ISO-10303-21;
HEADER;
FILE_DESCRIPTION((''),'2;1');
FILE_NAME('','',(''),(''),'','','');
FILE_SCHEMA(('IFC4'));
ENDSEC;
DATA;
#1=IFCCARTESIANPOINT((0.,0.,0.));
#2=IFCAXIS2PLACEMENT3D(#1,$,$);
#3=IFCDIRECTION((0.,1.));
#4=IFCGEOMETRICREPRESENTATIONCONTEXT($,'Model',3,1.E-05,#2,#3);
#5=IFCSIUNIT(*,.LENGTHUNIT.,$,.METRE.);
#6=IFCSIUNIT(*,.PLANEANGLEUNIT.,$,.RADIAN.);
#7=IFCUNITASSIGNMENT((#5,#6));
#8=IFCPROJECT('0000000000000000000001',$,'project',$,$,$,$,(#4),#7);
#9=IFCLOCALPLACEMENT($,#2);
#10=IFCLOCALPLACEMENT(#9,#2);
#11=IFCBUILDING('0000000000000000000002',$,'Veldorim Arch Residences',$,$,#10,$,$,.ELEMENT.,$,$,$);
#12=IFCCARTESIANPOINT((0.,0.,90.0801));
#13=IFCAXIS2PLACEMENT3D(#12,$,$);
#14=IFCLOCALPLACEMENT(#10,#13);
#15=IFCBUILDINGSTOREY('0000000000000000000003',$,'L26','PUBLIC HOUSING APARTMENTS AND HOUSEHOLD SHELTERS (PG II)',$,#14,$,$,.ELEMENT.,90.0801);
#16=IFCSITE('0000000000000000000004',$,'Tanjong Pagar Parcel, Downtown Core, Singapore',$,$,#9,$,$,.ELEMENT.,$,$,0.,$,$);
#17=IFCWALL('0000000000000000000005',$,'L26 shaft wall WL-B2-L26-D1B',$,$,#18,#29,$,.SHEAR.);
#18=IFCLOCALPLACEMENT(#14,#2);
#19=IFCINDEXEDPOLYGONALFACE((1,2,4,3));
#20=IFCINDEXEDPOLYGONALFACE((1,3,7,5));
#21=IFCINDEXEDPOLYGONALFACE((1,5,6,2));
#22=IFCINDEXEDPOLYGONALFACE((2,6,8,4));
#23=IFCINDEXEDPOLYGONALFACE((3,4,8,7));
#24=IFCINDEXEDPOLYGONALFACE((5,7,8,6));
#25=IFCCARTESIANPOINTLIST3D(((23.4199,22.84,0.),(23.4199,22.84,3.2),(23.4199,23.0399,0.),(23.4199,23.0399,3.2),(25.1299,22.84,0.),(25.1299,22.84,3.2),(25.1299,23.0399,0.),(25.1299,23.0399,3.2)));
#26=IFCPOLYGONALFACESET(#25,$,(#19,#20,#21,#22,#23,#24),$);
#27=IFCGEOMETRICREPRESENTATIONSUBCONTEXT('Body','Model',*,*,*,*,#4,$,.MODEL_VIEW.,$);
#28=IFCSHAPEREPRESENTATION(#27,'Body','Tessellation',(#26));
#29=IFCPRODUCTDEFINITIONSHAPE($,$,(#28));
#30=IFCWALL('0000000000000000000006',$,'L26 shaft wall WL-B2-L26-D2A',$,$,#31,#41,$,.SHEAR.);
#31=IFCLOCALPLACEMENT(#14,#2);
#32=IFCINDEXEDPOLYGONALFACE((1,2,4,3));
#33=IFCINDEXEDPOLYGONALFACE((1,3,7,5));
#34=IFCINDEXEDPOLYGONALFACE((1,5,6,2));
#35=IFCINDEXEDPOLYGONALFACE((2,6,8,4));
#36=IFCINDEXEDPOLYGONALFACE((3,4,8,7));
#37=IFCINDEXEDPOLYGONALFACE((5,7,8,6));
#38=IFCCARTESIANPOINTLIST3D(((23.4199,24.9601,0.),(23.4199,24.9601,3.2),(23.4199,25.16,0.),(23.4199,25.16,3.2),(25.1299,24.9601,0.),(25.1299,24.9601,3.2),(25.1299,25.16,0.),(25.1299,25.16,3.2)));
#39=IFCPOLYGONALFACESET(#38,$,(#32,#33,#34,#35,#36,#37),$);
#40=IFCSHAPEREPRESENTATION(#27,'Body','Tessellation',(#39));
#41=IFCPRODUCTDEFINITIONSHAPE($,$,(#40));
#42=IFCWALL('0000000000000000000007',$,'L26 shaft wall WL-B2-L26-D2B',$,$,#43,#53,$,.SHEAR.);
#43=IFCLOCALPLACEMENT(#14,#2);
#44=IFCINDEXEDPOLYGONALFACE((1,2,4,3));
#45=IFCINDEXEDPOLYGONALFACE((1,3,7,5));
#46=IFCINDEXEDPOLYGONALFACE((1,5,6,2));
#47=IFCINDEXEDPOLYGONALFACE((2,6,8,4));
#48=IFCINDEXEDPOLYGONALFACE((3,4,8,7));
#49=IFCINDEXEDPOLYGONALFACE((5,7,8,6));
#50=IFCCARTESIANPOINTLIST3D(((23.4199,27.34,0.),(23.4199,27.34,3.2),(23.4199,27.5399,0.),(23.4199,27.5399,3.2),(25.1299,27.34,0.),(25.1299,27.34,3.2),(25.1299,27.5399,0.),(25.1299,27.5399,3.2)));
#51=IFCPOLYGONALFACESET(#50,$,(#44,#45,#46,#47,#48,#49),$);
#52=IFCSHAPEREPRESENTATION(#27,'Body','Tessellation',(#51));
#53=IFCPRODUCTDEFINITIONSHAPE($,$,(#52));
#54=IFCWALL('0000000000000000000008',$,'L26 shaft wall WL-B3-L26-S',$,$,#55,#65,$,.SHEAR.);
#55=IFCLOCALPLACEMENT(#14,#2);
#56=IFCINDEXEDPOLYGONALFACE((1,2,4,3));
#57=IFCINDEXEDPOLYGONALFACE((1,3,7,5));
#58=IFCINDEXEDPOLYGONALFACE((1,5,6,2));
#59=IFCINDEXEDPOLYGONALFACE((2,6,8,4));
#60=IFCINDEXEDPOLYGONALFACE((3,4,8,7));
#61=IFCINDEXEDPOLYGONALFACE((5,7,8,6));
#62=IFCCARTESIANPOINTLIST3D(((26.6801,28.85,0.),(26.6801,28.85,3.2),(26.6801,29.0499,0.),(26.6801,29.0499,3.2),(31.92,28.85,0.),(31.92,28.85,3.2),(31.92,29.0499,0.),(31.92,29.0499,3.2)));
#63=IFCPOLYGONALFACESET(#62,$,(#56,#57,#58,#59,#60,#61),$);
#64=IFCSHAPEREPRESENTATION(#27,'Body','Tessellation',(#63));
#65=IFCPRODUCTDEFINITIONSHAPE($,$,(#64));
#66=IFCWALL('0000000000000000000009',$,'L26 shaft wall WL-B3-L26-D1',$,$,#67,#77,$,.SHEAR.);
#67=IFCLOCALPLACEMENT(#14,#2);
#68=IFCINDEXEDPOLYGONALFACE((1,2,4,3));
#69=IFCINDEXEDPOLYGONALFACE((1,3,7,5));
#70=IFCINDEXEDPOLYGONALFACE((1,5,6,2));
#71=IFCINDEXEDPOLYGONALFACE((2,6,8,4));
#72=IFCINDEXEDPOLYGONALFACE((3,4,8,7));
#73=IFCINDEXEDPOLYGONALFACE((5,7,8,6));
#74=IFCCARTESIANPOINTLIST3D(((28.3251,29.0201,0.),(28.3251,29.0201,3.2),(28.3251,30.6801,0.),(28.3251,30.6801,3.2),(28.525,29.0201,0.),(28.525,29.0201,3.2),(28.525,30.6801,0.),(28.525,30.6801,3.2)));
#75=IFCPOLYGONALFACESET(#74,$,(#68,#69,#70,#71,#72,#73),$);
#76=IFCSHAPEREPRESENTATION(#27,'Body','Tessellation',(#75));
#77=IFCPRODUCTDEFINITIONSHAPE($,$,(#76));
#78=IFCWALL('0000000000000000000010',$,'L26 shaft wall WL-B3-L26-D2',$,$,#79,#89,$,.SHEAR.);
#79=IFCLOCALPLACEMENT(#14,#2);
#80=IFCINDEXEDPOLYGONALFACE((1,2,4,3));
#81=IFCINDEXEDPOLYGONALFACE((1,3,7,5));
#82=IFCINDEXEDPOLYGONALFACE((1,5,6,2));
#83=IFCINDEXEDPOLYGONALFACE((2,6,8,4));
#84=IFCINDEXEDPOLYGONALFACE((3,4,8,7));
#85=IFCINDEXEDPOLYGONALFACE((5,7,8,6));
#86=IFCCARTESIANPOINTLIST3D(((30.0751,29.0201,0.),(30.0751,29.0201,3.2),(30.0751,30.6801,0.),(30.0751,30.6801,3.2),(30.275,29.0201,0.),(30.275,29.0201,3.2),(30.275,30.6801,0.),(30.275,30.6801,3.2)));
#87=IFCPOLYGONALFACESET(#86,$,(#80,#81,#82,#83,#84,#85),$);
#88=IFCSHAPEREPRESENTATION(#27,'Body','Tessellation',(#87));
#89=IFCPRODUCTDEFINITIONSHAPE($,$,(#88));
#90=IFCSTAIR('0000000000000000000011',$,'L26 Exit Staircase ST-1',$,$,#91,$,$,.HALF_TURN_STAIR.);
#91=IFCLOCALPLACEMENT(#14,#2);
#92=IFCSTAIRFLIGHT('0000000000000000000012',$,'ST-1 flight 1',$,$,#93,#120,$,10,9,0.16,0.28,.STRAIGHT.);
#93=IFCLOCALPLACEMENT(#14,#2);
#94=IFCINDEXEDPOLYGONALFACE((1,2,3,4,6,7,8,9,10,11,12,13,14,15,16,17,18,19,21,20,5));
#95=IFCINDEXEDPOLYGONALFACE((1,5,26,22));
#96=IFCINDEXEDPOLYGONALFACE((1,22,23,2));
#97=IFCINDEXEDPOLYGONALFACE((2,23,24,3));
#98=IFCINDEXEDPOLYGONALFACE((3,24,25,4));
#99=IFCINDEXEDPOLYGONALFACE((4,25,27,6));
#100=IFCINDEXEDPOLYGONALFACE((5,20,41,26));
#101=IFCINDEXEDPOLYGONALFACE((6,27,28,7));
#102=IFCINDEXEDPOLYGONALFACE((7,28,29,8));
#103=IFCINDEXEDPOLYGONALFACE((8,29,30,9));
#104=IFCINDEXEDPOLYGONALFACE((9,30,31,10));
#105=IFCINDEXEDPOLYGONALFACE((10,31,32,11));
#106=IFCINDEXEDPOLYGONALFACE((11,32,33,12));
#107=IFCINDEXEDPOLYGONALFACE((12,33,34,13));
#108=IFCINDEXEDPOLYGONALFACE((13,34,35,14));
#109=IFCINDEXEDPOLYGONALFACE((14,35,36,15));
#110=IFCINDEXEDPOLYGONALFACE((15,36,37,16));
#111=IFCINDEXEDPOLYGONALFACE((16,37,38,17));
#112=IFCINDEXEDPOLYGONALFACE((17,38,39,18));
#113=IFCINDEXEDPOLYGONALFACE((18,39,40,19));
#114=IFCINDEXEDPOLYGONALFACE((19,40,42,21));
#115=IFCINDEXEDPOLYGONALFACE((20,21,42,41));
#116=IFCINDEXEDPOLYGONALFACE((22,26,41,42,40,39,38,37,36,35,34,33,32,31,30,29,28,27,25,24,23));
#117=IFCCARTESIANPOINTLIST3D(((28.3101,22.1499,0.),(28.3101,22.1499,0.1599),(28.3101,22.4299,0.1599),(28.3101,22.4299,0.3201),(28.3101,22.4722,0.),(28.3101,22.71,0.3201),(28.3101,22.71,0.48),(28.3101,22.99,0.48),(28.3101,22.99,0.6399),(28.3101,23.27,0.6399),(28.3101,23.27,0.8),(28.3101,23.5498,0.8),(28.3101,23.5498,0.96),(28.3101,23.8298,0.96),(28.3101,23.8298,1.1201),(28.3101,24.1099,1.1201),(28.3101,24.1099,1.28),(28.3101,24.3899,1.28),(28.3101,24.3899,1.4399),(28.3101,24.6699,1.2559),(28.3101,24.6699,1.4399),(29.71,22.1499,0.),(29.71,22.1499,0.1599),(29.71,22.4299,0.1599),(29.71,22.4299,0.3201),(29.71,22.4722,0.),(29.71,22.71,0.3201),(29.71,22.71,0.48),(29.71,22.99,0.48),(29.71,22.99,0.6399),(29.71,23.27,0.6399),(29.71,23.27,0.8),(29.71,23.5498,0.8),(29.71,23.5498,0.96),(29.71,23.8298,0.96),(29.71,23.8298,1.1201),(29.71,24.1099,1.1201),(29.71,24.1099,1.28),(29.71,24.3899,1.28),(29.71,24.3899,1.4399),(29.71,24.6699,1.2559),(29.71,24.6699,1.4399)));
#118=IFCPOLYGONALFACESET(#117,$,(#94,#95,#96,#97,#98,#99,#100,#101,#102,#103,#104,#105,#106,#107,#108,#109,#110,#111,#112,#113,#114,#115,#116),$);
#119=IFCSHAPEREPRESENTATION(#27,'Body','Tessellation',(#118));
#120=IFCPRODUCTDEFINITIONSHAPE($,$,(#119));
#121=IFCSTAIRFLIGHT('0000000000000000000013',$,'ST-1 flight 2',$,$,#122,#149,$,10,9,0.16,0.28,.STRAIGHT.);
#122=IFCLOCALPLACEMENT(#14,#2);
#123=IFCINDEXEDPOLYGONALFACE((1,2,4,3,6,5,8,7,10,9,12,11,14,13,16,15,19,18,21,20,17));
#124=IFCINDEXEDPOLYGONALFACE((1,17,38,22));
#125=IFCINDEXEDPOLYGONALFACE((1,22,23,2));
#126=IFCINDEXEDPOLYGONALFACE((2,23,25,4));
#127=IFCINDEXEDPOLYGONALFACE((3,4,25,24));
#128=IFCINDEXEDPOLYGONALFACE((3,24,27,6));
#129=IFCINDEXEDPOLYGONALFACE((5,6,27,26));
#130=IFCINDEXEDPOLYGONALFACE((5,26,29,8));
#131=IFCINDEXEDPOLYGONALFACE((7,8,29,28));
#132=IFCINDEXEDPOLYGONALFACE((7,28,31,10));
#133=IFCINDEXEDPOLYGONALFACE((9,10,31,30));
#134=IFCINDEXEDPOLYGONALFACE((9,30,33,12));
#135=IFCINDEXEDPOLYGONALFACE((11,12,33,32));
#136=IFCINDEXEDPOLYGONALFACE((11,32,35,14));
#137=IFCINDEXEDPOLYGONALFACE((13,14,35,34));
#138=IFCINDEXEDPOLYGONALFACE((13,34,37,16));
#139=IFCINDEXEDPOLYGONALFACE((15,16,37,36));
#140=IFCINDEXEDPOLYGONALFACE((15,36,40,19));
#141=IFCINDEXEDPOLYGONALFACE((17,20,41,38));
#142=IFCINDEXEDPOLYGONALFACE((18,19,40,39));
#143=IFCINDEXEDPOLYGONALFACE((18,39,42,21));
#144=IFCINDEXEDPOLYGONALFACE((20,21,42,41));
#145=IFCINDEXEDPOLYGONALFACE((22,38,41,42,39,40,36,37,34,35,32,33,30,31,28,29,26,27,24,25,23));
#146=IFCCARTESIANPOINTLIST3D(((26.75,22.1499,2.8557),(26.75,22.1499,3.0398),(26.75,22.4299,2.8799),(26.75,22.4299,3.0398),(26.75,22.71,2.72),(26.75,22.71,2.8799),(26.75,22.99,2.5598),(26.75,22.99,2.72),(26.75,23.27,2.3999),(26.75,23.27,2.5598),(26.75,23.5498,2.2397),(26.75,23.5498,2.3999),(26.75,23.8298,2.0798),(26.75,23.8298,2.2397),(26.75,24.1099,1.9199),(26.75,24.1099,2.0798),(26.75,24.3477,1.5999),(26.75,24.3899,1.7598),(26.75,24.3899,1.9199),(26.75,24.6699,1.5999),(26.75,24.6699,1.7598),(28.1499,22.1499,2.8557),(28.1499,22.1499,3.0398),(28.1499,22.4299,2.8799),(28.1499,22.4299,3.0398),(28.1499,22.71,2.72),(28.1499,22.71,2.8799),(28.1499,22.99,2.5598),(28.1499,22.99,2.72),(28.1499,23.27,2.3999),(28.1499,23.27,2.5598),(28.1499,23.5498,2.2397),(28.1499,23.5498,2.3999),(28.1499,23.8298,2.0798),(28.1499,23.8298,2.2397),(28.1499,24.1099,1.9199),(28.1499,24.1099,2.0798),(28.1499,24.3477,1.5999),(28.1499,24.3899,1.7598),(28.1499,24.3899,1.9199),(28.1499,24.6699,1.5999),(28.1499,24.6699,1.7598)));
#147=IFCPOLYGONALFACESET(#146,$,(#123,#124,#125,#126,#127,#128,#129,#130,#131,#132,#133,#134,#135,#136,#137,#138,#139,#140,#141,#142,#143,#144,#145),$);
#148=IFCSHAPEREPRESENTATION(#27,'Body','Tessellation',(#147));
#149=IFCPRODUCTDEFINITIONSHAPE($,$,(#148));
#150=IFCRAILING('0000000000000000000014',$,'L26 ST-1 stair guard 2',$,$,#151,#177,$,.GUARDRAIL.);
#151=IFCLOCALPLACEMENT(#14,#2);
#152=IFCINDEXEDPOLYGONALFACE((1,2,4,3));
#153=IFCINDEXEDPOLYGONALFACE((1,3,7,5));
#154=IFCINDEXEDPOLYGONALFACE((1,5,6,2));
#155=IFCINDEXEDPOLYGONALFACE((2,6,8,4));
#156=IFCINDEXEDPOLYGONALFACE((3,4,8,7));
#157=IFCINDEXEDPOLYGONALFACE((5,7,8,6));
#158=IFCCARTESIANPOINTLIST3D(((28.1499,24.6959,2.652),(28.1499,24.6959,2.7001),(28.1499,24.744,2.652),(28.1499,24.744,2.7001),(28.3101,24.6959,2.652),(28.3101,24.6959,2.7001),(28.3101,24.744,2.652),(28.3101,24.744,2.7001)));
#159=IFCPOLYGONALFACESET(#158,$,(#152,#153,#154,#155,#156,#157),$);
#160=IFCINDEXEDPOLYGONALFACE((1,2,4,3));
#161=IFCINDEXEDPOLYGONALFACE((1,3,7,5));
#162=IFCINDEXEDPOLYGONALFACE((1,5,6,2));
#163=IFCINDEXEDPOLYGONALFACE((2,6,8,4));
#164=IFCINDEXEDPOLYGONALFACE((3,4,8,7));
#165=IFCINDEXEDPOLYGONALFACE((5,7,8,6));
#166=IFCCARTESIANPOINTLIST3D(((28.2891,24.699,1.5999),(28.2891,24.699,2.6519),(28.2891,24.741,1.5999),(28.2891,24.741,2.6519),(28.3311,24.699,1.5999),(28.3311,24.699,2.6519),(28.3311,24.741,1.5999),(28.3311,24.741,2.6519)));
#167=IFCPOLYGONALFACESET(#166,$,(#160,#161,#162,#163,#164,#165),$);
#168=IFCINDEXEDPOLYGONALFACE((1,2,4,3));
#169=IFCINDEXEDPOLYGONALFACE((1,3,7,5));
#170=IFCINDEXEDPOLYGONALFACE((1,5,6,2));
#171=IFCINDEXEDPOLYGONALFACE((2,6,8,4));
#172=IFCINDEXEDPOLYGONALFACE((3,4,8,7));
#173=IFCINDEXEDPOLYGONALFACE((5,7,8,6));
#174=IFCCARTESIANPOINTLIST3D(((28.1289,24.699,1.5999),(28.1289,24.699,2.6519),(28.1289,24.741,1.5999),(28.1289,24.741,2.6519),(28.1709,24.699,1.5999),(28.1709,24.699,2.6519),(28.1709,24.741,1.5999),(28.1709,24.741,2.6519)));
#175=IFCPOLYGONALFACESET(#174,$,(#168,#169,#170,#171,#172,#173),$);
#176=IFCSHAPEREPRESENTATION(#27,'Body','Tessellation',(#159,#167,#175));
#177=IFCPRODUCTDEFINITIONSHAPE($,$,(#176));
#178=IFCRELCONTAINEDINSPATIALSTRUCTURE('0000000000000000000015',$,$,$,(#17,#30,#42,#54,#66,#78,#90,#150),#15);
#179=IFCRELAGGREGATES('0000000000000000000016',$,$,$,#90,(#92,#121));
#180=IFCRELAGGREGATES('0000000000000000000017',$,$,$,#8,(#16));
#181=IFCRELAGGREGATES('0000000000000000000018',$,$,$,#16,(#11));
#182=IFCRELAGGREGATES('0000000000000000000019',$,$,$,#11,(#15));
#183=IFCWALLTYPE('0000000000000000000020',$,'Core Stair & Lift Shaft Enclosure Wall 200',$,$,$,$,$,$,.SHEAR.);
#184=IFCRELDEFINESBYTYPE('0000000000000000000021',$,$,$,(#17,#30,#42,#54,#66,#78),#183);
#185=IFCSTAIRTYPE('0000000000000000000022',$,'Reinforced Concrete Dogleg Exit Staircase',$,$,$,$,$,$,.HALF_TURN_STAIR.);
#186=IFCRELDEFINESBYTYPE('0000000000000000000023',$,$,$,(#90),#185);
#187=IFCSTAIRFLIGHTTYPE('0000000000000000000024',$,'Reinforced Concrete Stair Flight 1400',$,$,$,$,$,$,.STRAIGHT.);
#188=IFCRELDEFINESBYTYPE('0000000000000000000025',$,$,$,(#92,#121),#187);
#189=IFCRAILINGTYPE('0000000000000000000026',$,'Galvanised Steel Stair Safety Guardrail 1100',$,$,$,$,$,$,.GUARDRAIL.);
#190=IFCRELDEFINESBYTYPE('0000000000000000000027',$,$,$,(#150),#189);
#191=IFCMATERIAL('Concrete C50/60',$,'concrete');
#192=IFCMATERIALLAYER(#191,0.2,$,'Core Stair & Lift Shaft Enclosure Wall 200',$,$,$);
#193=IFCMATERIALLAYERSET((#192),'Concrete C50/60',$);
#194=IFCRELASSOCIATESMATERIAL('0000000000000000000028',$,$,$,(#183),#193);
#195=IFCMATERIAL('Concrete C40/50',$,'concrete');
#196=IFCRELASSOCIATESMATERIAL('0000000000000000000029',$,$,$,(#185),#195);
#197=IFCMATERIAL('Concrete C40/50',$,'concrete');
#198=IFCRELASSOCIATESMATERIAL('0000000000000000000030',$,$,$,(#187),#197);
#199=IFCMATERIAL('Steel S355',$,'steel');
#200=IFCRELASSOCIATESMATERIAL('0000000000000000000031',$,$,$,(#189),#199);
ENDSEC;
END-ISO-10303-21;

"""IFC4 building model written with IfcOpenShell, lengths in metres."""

from ifc_helpers import new_model, si_unit, direction, frame, frame_2d, origin, origin_2d, place, context, subcontext, project, spatial, polyline, rectangle, outline, extrude, material, layer, layer_set, type_object, element, aggregate, save


model = new_model("IFC4")

# Units and contexts
model_context = context("Model", 3, precision=1e-05, world=origin(), true_north=direction((0.0, 1.0)))
body_context = subcontext(model_context, "Body", "Model", "MODEL_VIEW")
ifc_project = project(units=[si_unit("LENGTHUNIT", "METRE"), si_unit("PLANEANGLEUNIT", "RADIAN")], contexts=[model_context])

# Site, building, storey
site_placement = place(None, origin())
site = spatial("IfcSite", under=ifc_project, at=site_placement, Name="Tanjong Pagar Parcel, Downtown Core, Singapore", CompositionType="ELEMENT", RefElevation=0.0)
building_placement = place(site_placement, origin())
building = spatial("IfcBuilding", under=site, at=building_placement, Name="Veldorim Arch Residences", CompositionType="ELEMENT")
storey_placement = place(building_placement, frame((0.0, 0.0, 90.0801)))
storey = spatial("IfcBuildingStorey", under=building, at=storey_placement, Name="L26", Description="PUBLIC HOUSING APARTMENTS AND HOUSEHOLD SHELTERS (PG II)", CompositionType="ELEMENT", Elevation=90.0801)

# Walls
ifc_material_1 = material(Name="Concrete C50/60", Category="concrete")
ifc_layer_1 = layer(ifc_material_1, 0.2, Name="Core Stair & Lift Shaft Enclosure Wall 200")
ifc_layer_set_1 = layer_set([ifc_layer_1], Name="Concrete C50/60")
wall_type_1 = type_object("IfcWallType", Name="Core Stair & Lift Shaft Enclosure Wall 200", PredefinedType="SHEAR", material=ifc_layer_set_1)
for number, where, z_axis, x_axis, name in (
    (1, (23.4199, 22.9399, 0.0), (0.0, 0.0, 1.0), (1.0, 0.0, 0.0), "L26 shaft wall WL-B2-L26-D1B"),
    (2, (23.4199, 25.0601, 0.0), (0.0, 0.0, 1.0), (1.0, 0.0, 0.0), "L26 shaft wall WL-B2-L26-D2A"),
    (3, (23.4199, 27.4399, 0.0), (0.0, 0.0, 1.0), (1.0, 0.0, 0.0), "L26 shaft wall WL-B2-L26-D2B"),
):
    element("IfcWall", number, at=place(storey_placement, frame(where, z_axis=z_axis, x_axis=x_axis)), inside=storey, type_object=wall_type_1, Name=name, PredefinedType="SHEAR", context=body_context, shape_type="SweptSolid", body=[
        extrude(rectangle(XDim=1.71, YDim=0.2, at=frame_2d((0.855, 0.0))), origin(), (0.0, 0.0, 1.0), 3.2),
    ])
wall_1_placement = place(storey_placement, frame((26.6799, 28.95, 0.0), z_axis=(0.0, 0.0, 1.0), x_axis=(1.0, 0.0, 0.0)))
element("IfcWall", 4, at=wall_1_placement, inside=storey, type_object=wall_type_1, Name="L26 shaft wall WL-B3-L26-S", PredefinedType="SHEAR", context=body_context, shape_type="SweptSolid", body=[
    extrude(rectangle(XDim=5.24, YDim=0.2, at=frame_2d((2.6201, 0.0))), origin(), (0.0, 0.0, 1.0), 3.2),
])
for number, where, z_axis, x_axis, name in (
    (5, (28.425, 29.02, 0.0), (0.0, 0.0, 1.0), (0.0, 1.0, 0.0), "L26 shaft wall WL-B3-L26-D1"),
    (6, (30.175, 29.02, 0.0), (0.0, 0.0, 1.0), (0.0, 1.0, 0.0), "L26 shaft wall WL-B3-L26-D2"),
):
    element("IfcWall", number, at=place(storey_placement, frame(where, z_axis=z_axis, x_axis=x_axis)), inside=storey, type_object=wall_type_1, Name=name, PredefinedType="SHEAR", context=body_context, shape_type="SweptSolid", body=[
        extrude(rectangle(XDim=1.6599, YDim=0.2, at=frame_2d((0.8301, 0.0))), origin(), (0.0, 0.0, 1.0), 3.2),
    ])

# Stair, stair flights
ifc_material_2 = material(Name="Concrete C40/50", Category="concrete")
stair_type = type_object("IfcStairType", Name="Reinforced Concrete Dogleg Exit Staircase", PredefinedType="HALF_TURN_STAIR", material=ifc_material_2)
stair_placement = place(storey_placement, origin())
stair = element("IfcStair", 7, at=stair_placement, inside=storey, type_object=stair_type, Name="L26 Exit Staircase ST-1", PredefinedType="HALF_TURN_STAIR")
ifc_material_3 = material(Name="Concrete C40/50", Category="concrete")
stair_flight_type = type_object("IfcStairFlightType", Name="Reinforced Concrete Stair Flight 1400", PredefinedType="STRAIGHT", material=ifc_material_3)
stair_flight_1_placement = place(storey_placement, frame((29.01, 22.1499, 0.0), z_axis=(0.0, 0.0, 1.0), x_axis=(0.0, 1.0, 0.0)))
stair_flight_1 = element("IfcStairFlight", 8, at=stair_flight_1_placement, type_object=stair_flight_type, Name="ST-1 flight 1", NumberOfRisers=10, NumberOfTreads=9, PredefinedType="STRAIGHT", RiserHeight=0.16, TreadLength=0.28, context=body_context, shape_type="SweptSolid", body=[
    extrude(outline(polyline([(0.0, 0.0), (0.0, 0.1599), (0.28, 0.1599), (0.28, 0.3201), (0.5601, 0.3201), (0.5601, 0.48), (0.8401, 0.48), (0.8401, 0.6399), (1.1201, 0.6399), (1.1201, 0.8), (1.3999, 0.8), (1.3999, 0.96), (1.6799, 0.96), (1.6799, 1.1201), (1.96, 1.1201), (1.96, 1.28), (2.24, 1.28), (2.24, 1.4399), (2.52, 1.4399), (2.52, 1.6001), (2.52, 1.2559), (0.3223, 0.0), (0.0, 0.0)])), frame((0.0, 0.7, 0.0), z_axis=(0.0, -1.0, 0.0), x_axis=(1.0, 0.0, 0.0)), (0.0, 0.0, 1.0), 1.3999),
])
stair_flight_2_placement = place(storey_placement, frame((27.45, 24.6699, 1.5999), z_axis=(0.0, 0.0, 1.0), x_axis=(0.0, -1.0, 0.0)))
stair_flight_2 = element("IfcStairFlight", 9, at=stair_flight_2_placement, type_object=stair_flight_type, Name="ST-1 flight 2", NumberOfRisers=10, NumberOfTreads=9, PredefinedType="STRAIGHT", RiserHeight=0.16, TreadLength=0.28, context=body_context, shape_type="SweptSolid", body=[
    extrude(outline(polyline([(0.0, 0.0), (0.0, 0.1599), (0.28, 0.1599), (0.28, 0.3201), (0.5601, 0.3201), (0.5601, 0.48), (0.8401, 0.48), (0.8401, 0.6399), (1.1201, 0.6399), (1.1201, 0.8), (1.3999, 0.8), (1.3999, 0.96), (1.6799, 0.96), (1.6799, 1.1201), (1.96, 1.1201), (1.96, 1.28), (2.24, 1.28), (2.24, 1.4399), (2.52, 1.4399), (2.52, 1.6001), (2.52, 1.2559), (0.3223, 0.0), (0.0, 0.0)])), frame((0.0, 0.7, 0.0), z_axis=(0.0, -1.0, 0.0), x_axis=(1.0, 0.0, 0.0)), (0.0, 0.0, 1.0), 1.3999),
])
aggregate(stair, [stair_flight_1, stair_flight_2])

# Railing
ifc_material_4 = material(Name="Steel S355", Category="steel")
railing_type_1 = type_object("IfcRailingType", Name="Galvanised Steel Stair Safety Guardrail 1100", PredefinedType="GUARDRAIL", material=ifc_material_4)
railing_1_placement = place(storey_placement, frame((28.3101, 24.72, 1.5999)))
element("IfcRailing", 10, at=railing_1_placement, inside=storey, type_object=railing_type_1, Name="L26 ST-1 stair guard 2", PredefinedType="GUARDRAIL", context=body_context, shape_type="SweptSolid", body=[
    extrude(rectangle(XDim=0.0481, YDim=0.0481, at=origin_2d()), frame((0.0, 0.0, 1.0762), z_axis=(-1.0, 0.0, 0.0), x_axis=(0.0, -1.0, 0.0)), (0.0, 0.0, 1.0), 0.1602),
    extrude(rectangle(XDim=0.042, YDim=0.042, at=origin_2d()), origin(), (0.0, 0.0, 1.0), 1.052),
    extrude(rectangle(XDim=0.042, YDim=0.042, at=origin_2d()), frame((-0.1602, 0.0, 0.0)), (0.0, 0.0, 1.0), 1.052),
])

save(model, "model.ifc")
